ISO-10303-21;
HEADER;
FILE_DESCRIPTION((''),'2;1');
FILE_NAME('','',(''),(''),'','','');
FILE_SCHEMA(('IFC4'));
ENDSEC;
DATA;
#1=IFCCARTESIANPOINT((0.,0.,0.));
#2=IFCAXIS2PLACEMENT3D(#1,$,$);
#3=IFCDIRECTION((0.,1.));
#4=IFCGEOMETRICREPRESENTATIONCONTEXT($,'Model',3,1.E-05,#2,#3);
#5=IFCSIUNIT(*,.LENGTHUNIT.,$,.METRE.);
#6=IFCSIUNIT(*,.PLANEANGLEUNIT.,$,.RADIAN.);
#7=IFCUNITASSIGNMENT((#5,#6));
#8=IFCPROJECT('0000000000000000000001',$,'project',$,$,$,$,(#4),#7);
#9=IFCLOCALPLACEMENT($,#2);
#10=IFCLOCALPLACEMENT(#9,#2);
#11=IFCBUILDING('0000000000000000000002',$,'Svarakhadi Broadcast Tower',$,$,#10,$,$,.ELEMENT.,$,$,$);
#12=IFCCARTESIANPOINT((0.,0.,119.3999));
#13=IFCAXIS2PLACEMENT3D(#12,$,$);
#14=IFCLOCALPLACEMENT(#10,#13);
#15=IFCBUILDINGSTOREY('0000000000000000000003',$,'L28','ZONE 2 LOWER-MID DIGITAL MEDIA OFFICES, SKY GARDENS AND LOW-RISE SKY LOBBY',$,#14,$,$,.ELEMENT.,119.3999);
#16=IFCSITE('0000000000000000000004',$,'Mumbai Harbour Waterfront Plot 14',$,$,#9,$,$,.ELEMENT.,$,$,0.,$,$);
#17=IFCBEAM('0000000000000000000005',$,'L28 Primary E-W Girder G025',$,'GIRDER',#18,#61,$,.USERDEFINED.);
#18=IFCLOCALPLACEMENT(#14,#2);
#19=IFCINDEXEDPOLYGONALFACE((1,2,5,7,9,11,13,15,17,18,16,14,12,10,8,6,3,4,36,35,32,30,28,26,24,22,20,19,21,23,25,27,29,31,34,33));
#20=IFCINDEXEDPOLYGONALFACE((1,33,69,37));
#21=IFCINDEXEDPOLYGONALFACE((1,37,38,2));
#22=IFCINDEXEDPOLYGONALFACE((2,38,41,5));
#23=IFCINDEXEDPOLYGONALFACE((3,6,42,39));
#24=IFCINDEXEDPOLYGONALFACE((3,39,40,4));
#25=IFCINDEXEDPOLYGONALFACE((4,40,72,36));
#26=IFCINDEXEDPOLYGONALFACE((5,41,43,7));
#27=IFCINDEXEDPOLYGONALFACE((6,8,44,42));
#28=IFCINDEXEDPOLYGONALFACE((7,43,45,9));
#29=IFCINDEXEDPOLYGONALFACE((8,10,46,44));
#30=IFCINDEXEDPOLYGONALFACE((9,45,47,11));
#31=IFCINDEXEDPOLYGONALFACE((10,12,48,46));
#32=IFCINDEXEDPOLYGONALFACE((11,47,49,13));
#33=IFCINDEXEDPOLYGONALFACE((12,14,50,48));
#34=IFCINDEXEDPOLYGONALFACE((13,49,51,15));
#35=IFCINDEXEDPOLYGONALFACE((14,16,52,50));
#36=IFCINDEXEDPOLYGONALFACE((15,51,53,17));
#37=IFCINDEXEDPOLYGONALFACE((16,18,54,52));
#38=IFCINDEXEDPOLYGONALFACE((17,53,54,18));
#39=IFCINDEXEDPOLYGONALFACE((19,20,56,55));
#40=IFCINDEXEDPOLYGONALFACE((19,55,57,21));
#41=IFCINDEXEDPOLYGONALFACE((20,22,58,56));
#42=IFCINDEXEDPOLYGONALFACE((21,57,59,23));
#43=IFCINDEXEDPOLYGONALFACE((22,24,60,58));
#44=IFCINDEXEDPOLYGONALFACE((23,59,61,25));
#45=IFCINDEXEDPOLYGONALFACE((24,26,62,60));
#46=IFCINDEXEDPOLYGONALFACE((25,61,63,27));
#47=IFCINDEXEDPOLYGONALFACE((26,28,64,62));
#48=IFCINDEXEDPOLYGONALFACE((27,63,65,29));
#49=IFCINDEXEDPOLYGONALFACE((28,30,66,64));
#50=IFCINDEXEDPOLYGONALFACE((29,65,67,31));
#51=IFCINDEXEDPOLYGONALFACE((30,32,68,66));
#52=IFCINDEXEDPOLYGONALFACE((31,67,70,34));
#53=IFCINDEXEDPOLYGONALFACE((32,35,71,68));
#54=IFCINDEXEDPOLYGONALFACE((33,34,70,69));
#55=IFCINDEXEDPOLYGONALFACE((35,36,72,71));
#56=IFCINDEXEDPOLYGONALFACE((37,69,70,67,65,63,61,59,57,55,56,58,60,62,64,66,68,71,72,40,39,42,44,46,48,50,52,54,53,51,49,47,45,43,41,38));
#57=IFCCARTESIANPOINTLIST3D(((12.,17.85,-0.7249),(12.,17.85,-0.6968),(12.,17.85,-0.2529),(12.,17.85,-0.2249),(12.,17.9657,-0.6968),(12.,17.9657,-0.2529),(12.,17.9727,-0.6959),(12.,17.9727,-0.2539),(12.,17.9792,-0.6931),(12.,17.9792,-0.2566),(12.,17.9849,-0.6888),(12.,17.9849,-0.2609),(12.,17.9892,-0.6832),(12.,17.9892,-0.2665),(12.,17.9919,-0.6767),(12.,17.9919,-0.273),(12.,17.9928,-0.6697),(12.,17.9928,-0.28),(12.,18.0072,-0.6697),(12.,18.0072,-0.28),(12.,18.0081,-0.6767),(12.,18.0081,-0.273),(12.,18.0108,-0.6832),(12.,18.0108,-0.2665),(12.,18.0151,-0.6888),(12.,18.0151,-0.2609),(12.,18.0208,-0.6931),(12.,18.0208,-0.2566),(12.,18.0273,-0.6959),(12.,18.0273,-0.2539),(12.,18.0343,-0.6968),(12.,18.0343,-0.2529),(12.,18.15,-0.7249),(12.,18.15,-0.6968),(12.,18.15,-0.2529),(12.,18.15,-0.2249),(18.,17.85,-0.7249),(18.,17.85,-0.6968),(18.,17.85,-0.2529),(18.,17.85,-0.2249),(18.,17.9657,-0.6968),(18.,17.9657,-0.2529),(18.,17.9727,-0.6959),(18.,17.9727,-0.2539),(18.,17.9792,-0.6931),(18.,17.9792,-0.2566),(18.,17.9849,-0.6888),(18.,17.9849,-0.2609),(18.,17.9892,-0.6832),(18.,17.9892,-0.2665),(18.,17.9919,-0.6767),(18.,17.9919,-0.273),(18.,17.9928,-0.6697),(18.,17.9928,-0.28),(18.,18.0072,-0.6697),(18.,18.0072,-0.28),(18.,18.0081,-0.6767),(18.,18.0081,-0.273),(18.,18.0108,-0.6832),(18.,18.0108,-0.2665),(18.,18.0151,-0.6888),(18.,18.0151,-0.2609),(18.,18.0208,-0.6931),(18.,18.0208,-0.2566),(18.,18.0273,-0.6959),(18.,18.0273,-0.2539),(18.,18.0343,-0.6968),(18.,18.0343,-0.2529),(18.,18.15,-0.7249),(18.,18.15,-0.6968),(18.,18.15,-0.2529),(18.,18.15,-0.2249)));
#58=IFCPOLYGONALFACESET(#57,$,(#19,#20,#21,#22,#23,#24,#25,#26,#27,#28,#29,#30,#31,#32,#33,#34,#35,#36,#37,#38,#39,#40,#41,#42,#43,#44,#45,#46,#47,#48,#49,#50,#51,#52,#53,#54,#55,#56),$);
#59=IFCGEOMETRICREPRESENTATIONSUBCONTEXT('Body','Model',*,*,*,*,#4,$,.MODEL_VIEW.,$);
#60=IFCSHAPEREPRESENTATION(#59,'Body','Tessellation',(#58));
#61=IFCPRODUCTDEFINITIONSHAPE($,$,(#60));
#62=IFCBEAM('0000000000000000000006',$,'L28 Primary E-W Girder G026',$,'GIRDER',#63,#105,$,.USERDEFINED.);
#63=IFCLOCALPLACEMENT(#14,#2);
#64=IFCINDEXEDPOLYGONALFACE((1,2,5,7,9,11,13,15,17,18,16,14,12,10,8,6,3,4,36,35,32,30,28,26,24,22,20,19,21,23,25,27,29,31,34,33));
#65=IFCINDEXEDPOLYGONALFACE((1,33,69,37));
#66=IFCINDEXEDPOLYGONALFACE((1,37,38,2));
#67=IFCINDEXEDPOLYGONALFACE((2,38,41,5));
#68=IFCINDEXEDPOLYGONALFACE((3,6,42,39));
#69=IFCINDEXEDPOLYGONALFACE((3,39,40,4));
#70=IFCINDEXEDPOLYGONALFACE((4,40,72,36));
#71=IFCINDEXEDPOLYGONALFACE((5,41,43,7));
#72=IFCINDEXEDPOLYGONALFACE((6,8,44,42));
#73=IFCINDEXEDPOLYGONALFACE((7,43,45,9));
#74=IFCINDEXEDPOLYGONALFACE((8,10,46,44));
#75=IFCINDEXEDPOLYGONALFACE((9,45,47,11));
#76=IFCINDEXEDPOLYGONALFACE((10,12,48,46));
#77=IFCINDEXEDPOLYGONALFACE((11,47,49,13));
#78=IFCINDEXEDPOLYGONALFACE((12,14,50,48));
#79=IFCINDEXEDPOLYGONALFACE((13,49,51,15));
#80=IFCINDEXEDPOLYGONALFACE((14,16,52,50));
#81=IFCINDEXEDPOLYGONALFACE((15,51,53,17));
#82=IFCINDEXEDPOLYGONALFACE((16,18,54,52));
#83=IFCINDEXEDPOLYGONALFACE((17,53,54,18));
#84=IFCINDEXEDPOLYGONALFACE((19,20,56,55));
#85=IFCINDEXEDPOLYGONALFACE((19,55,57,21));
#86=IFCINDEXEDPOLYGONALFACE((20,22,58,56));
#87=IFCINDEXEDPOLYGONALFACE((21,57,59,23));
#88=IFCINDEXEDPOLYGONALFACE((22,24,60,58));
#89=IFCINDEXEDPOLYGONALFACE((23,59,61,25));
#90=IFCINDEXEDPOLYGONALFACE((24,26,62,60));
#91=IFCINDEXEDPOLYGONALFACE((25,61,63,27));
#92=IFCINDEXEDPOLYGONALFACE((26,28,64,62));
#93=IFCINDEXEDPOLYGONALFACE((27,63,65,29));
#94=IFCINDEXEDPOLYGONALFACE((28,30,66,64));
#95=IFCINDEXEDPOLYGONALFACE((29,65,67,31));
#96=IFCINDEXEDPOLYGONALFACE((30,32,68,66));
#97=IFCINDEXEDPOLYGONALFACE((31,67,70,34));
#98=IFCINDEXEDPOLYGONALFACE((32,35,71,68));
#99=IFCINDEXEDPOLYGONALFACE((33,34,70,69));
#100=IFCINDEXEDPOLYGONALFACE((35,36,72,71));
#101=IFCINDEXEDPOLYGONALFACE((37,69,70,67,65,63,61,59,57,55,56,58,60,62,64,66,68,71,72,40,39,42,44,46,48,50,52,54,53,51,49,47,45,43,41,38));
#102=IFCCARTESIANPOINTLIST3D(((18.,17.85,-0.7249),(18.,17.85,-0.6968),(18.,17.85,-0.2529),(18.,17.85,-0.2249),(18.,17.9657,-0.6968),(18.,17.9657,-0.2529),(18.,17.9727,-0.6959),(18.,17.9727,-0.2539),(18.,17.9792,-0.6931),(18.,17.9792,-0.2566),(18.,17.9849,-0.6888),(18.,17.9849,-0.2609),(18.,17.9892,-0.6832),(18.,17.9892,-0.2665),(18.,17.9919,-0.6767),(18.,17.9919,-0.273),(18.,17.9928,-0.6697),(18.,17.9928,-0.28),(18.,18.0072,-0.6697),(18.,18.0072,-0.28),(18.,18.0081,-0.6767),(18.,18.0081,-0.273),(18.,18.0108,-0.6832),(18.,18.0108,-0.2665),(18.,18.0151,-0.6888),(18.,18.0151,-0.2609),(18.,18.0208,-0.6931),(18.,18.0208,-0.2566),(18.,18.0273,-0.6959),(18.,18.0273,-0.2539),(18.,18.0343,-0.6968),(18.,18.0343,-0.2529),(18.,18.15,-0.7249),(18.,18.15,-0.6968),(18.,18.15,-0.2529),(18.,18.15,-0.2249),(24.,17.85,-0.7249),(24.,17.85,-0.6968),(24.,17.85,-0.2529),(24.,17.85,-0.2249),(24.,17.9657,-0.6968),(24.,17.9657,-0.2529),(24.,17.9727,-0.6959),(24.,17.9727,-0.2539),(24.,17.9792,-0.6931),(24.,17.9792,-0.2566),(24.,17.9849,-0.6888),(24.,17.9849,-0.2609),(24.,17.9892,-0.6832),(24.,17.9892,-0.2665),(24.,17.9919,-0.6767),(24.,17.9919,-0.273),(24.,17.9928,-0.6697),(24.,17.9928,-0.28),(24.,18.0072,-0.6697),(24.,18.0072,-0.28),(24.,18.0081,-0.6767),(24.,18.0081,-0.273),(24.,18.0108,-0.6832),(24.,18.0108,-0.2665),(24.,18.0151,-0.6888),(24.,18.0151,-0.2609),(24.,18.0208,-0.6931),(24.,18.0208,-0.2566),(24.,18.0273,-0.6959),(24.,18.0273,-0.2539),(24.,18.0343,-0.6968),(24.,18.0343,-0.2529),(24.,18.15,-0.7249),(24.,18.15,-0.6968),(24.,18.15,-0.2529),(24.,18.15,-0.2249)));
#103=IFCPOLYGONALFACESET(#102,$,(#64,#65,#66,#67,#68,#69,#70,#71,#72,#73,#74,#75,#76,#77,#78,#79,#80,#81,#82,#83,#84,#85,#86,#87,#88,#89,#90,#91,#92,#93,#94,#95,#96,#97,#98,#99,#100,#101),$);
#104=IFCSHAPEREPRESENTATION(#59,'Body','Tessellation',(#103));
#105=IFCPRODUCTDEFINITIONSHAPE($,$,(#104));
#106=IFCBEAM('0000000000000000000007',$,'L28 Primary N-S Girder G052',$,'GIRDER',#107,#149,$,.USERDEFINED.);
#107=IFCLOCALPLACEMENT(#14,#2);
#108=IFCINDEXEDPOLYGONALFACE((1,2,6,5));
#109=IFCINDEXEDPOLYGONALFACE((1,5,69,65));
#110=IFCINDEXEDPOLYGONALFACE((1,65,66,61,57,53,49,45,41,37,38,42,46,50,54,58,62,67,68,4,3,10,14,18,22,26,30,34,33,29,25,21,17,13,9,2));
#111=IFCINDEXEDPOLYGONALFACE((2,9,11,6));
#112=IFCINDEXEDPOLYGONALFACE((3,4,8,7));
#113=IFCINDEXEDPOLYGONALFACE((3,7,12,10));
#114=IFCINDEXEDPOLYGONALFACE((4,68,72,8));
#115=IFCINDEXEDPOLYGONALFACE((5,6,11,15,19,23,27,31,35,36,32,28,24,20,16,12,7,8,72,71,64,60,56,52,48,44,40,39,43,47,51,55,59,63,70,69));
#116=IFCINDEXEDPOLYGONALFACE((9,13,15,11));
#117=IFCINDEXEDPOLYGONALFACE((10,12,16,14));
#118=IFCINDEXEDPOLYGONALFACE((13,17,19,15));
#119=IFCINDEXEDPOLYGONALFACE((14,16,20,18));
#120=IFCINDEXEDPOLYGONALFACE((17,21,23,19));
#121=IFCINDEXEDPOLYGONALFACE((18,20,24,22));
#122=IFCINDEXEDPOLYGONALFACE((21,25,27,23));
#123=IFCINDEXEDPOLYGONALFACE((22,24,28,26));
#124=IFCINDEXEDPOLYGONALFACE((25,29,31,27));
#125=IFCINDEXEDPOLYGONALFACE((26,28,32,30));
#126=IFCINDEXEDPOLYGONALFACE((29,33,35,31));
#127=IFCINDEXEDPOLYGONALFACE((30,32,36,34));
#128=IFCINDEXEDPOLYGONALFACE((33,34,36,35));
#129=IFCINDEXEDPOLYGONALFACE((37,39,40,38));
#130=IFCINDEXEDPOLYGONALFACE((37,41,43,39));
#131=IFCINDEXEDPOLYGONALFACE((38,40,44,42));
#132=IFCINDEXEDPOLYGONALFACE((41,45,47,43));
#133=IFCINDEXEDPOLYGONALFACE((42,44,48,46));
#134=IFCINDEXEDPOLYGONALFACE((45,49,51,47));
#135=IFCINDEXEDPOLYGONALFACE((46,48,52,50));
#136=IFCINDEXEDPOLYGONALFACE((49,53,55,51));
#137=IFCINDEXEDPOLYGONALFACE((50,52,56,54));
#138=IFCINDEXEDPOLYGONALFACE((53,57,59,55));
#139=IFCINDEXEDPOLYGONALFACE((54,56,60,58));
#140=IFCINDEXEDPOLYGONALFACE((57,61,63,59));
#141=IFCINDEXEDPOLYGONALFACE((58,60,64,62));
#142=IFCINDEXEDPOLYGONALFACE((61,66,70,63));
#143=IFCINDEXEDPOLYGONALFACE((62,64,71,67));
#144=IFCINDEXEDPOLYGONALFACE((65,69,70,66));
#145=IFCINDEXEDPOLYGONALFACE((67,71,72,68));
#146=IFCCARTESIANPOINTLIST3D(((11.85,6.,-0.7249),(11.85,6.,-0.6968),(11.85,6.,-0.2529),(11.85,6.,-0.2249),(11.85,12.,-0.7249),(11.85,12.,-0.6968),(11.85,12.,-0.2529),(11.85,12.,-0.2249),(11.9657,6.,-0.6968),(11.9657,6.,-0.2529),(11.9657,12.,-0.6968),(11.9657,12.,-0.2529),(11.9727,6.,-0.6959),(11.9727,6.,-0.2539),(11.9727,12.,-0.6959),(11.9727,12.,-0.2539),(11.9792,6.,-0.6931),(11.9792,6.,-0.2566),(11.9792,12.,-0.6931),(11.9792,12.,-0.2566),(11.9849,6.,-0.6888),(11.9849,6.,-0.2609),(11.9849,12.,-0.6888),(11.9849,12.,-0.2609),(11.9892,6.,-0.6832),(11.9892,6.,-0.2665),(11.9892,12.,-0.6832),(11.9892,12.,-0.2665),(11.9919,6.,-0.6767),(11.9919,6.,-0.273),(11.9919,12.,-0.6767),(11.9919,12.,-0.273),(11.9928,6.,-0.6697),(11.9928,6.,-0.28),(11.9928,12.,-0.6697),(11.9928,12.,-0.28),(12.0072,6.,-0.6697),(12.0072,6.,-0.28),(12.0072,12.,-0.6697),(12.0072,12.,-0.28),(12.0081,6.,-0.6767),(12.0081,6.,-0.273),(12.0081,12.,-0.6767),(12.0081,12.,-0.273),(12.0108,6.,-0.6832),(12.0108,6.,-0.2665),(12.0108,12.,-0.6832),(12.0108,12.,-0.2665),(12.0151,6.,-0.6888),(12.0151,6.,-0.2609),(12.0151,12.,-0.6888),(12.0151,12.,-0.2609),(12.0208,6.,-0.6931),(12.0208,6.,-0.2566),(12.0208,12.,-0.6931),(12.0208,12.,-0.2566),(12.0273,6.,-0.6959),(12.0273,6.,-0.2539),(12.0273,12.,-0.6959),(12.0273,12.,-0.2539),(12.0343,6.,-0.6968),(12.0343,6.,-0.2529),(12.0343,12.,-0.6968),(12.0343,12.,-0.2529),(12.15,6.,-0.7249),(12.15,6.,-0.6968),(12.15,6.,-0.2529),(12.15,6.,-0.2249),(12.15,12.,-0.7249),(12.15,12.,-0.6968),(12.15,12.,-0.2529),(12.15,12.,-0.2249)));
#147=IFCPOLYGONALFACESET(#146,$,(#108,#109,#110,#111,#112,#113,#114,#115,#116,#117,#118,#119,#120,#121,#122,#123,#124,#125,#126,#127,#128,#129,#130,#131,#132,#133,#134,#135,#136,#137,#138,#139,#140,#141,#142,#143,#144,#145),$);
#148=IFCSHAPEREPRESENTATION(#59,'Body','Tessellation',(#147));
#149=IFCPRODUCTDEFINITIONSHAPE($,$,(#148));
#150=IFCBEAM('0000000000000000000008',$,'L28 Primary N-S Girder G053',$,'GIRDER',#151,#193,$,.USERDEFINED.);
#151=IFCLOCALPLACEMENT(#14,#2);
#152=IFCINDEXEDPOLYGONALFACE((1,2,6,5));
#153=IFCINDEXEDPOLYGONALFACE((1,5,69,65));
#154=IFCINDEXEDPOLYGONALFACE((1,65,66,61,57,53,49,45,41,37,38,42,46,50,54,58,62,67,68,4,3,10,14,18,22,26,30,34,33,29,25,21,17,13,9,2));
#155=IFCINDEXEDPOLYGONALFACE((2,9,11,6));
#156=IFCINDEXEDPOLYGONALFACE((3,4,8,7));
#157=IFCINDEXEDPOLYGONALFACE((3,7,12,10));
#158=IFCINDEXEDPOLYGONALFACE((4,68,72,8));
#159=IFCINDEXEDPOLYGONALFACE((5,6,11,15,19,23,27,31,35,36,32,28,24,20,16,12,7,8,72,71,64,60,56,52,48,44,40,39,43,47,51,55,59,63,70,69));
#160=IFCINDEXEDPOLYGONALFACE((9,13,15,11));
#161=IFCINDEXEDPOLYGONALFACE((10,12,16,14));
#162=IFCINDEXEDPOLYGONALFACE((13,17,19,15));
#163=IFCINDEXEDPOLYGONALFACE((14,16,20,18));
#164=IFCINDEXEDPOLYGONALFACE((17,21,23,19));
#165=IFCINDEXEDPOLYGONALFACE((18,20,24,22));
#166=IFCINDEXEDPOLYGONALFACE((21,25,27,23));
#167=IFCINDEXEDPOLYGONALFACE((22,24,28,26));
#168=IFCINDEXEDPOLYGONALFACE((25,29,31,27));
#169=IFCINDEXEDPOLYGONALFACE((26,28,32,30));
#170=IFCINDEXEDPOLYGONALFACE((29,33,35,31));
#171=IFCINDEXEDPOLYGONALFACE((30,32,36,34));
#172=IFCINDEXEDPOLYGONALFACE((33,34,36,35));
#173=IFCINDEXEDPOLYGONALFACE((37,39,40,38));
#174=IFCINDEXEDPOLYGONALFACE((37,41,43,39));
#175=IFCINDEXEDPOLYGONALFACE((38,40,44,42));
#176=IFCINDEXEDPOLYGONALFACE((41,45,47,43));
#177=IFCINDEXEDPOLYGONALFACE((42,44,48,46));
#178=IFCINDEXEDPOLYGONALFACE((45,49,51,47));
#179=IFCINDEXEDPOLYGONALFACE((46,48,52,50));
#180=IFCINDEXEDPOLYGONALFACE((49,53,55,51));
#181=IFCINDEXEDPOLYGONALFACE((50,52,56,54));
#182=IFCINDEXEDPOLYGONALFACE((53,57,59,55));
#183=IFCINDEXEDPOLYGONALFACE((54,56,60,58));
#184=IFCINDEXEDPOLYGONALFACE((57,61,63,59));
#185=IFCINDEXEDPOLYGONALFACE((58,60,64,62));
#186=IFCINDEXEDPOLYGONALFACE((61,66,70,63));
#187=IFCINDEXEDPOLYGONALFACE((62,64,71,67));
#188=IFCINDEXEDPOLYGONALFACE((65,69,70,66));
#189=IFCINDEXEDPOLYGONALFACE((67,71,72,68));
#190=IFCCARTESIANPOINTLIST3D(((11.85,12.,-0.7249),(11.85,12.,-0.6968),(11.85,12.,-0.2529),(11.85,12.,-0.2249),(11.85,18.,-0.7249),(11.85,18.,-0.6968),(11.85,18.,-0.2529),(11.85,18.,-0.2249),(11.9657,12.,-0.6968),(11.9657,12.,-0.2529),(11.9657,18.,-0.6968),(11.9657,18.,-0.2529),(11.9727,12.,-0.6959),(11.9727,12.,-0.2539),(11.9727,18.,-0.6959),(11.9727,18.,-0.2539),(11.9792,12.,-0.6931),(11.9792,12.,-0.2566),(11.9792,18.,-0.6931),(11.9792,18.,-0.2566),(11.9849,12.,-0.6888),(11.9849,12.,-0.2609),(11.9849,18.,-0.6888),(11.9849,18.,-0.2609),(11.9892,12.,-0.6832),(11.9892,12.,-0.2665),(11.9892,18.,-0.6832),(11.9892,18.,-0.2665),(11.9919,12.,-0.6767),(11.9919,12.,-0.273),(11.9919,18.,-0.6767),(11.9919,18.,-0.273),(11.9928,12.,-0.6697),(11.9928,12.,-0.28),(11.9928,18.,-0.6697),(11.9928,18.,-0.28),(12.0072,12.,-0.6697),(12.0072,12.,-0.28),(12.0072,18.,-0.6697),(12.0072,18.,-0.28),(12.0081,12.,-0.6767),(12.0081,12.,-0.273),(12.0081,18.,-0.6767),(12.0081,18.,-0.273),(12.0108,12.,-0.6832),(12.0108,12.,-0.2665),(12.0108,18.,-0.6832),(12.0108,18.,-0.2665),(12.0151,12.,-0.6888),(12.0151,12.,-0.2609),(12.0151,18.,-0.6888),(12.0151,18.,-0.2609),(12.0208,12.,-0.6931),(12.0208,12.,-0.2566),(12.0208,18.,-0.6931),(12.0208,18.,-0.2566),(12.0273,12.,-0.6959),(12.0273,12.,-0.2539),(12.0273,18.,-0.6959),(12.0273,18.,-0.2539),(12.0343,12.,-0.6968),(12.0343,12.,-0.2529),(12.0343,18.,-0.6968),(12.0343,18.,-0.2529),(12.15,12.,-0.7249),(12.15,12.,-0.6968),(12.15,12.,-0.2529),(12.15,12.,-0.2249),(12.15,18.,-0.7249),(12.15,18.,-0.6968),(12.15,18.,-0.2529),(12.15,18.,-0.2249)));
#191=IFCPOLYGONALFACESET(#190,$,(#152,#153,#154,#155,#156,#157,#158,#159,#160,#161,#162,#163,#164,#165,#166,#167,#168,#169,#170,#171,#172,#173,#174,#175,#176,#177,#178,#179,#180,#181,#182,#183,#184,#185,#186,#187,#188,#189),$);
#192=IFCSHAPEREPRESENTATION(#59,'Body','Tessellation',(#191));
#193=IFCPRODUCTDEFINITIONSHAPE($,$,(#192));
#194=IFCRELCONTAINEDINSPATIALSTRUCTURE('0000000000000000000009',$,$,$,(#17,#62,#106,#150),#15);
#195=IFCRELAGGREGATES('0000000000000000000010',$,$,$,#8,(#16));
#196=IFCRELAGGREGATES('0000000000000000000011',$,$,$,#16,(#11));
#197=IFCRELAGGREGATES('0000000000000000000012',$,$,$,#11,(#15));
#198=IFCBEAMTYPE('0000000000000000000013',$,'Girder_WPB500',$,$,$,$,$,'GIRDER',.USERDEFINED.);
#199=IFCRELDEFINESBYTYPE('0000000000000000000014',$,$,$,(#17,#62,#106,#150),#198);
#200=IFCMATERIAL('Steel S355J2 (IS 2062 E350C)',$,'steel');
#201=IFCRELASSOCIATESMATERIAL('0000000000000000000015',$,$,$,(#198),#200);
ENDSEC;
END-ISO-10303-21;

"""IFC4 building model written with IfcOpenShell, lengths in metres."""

from ifc_helpers import new_model, si_unit, direction, frame, origin, origin_2d, place, context, subcontext, project, spatial, i_section, extrude, material, material_profile, profile_set, type_object, element, save


model = new_model("IFC4")

# Units and contexts
model_context = context("Model", 3, precision=1e-05, world=origin(), true_north=direction((0.0, 1.0)))
body_context = subcontext(model_context, "Body", "Model", "MODEL_VIEW")
ifc_project = project(units=[si_unit("LENGTHUNIT", "METRE"), si_unit("PLANEANGLEUNIT", "RADIAN")], contexts=[model_context])

# Site, building, storey
site_placement = place(None, origin())
site = spatial("IfcSite", under=ifc_project, at=site_placement, Name="Mumbai Harbour Waterfront Plot 14", CompositionType="ELEMENT", RefElevation=0.0)
building_placement = place(site_placement, origin())
building = spatial("IfcBuilding", under=site, at=building_placement, Name="Svarakhadi Broadcast Tower", CompositionType="ELEMENT")
storey_placement = place(building_placement, frame((0.0, 0.0, 119.3999)))
storey = spatial("IfcBuildingStorey", under=building, at=storey_placement, Name="L28", Description="ZONE 2 LOWER-MID DIGITAL MEDIA OFFICES, SKY GARDENS AND LOW-RISE SKY LOBBY", CompositionType="ELEMENT", Elevation=119.3999)

# Beams
ifc_material_1 = material(Name="Steel S355J2 (IS 2062 E350C)", Category="steel")
ifc_material_profile_1 = material_profile(ifc_material_1, i_section(OverallWidth=0.3, OverallDepth=0.5, WebThickness=0.0144, FlangeThickness=0.0281, FilletRadius=0.0271, at=origin_2d()), Name="WPB 500x300x187")
ifc_profile_set_1 = profile_set([ifc_material_profile_1], Name="Steel S355J2 (IS 2062 E350C)")
beam_type_1 = type_object("IfcBeamType", Name="Girder_WPB500", ElementType="GIRDER", PredefinedType="USERDEFINED", material=ifc_profile_set_1)
for number, where, z_axis, x_axis, name in (
    (1, (12.0, 18.0, -0.4749), (1.0, 0.0, 0.0), (0.0, 1.0, 0.0), "L28 Primary E-W Girder G025"),
    (2, (18.0, 18.0, -0.4749), (1.0, 0.0, 0.0), (0.0, 1.0, 0.0), "L28 Primary E-W Girder G026"),
    (3, (12.0, 6.0, -0.4749), (0.0, 1.0, 0.0), (-1.0, 0.0, 0.0), "L28 Primary N-S Girder G052"),
    (4, (12.0, 12.0, -0.4749), (0.0, 1.0, 0.0), (-1.0, 0.0, 0.0), "L28 Primary N-S Girder G053"),
):
    element("IfcBeam", number, at=place(storey_placement, frame(where, z_axis=z_axis, x_axis=x_axis)), inside=storey, type_object=beam_type_1, Name=name, ObjectType="GIRDER", PredefinedType="USERDEFINED", context=body_context, shape_type="SweptSolid", body=[
        extrude(i_section(OverallWidth=0.3, OverallDepth=0.5, WebThickness=0.0144, FlangeThickness=0.0281, FilletRadius=0.0271, at=origin_2d()), origin(), (0.0, 0.0, 1.0), 6.0),
    ])

save(model, "model.ifc")
